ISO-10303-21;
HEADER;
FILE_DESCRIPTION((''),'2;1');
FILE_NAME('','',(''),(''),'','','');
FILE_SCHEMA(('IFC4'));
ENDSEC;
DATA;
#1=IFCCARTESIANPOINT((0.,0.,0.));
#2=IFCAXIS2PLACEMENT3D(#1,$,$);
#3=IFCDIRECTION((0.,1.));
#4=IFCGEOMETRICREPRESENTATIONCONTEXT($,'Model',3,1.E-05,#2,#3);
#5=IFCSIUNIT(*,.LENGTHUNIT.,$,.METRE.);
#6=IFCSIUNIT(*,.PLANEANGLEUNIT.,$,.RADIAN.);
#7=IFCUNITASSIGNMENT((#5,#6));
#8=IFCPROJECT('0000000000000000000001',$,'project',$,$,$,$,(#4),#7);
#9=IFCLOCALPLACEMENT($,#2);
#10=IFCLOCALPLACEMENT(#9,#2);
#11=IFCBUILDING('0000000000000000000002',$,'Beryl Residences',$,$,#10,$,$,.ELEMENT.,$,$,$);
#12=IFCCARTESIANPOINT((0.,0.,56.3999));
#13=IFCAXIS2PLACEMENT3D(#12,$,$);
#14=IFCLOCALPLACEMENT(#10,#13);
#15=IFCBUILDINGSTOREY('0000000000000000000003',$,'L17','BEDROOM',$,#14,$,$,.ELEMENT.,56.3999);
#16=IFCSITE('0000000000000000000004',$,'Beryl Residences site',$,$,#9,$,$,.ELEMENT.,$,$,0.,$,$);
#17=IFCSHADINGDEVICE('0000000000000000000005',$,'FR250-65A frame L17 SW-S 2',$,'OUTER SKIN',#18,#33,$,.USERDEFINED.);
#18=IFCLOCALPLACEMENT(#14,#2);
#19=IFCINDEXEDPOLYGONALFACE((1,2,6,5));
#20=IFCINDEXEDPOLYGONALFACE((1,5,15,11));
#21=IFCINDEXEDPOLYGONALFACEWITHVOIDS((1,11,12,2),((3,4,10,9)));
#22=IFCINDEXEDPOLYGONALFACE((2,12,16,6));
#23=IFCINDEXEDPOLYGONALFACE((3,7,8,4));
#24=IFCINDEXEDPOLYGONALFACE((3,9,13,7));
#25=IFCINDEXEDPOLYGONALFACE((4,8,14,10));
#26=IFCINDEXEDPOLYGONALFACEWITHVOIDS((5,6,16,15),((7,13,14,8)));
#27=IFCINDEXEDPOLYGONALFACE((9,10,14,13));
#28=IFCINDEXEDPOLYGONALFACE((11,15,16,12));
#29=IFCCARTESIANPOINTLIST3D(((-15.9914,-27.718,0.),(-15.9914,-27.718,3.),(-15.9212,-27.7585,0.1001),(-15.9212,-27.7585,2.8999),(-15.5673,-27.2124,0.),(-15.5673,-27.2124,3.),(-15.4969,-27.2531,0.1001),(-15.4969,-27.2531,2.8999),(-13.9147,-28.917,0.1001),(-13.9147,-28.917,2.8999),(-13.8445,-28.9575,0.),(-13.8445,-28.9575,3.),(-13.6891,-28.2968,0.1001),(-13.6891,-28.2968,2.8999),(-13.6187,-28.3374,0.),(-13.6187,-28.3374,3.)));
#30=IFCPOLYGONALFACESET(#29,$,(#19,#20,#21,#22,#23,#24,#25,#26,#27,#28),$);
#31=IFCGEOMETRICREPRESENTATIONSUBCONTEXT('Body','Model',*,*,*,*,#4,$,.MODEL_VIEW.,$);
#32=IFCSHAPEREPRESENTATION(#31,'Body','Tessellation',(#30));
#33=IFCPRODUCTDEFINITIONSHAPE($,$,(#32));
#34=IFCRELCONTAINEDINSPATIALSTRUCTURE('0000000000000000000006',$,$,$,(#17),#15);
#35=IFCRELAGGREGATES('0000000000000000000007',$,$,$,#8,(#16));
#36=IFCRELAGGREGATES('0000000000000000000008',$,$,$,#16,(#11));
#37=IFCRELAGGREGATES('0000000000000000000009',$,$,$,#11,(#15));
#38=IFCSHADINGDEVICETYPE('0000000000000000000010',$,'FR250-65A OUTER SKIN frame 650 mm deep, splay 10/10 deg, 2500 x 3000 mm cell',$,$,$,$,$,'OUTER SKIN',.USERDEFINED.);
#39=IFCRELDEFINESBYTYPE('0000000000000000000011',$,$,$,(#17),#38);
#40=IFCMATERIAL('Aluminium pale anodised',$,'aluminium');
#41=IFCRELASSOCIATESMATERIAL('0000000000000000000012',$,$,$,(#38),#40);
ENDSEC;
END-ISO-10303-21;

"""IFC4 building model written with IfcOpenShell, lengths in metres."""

from ifc_helpers import new_model, entity, si_unit, direction, frame, origin, place, context, subcontext, project, spatial, source, transform, mapped, material, type_object, type_shapes, element, save


model = new_model("IFC4")

# Units and contexts
model_context = context("Model", 3, precision=1e-05, world=origin(), true_north=direction((0.0, 1.0)))
body_context = subcontext(model_context, "Body", "Model", "MODEL_VIEW")
ifc_project = project(units=[si_unit("LENGTHUNIT", "METRE"), si_unit("PLANEANGLEUNIT", "RADIAN")], contexts=[model_context])

# Site, building, storey
site_placement = place(None, origin())
site = spatial("IfcSite", under=ifc_project, at=site_placement, Name="Beryl Residences site", CompositionType="ELEMENT", RefElevation=0.0)
building_placement = place(site_placement, origin())
building = spatial("IfcBuilding", under=site, at=building_placement, Name="Beryl Residences", CompositionType="ELEMENT")
storey_placement = place(building_placement, frame((0.0, 0.0, 56.3999)))
storey = spatial("IfcBuildingStorey", under=building, at=storey_placement, Name="L17", Description="BEDROOM", CompositionType="ELEMENT", Elevation=56.3999)

# Shading device
ifc_material_1 = material(Name="Aluminium pale anodised", Category="aluminium")
shading_device_type_1 = type_object("IfcShadingDeviceType", Name="FR250-65A OUTER SKIN frame 650 mm deep, splay 10/10 deg, 2500 x 3000 mm cell", ElementType="OUTER SKIN", PredefinedType="USERDEFINED", material=ifc_material_1)
cartesian_point_1 = entity("IfcCartesianPoint", [-1.125, 0.0])
cartesian_point_2 = entity("IfcCartesianPoint", [-1.0437, 0.1001])
cartesian_point_3 = entity("IfcCartesianPoint", [-1.2395, 0.0])
cartesian_point_4 = entity("IfcCartesianPoint", [-1.1584, 0.1001])
shared_shape_1 = source(origin(), body_context, "Body", "SweptSolid", [
    entity("IfcExtrudedAreaSolidTapered", entity("IfcArbitraryProfileDefWithVoids", "AREA", None, entity("IfcPolyline", [cartesian_point_1, entity("IfcCartesianPoint", [1.125, 0.0]), entity("IfcCartesianPoint", [1.125, 3.0]), entity("IfcCartesianPoint", [-1.125, 3.0]), cartesian_point_1]), [entity("IfcPolyline", [cartesian_point_2, entity("IfcCartesianPoint", [1.0437, 0.1001]), entity("IfcCartesianPoint", [1.0437, 2.8999]), entity("IfcCartesianPoint", [-1.0437, 2.8999]), cartesian_point_2])]), entity("IfcAxis2Placement3D", entity("IfcCartesianPoint", [0.0, 0.0, 0.0]), entity("IfcDirection", [0.0, 1.0, 0.0]), entity("IfcDirection", [-1.0, 0.0, 0.0])), entity("IfcDirection", [0.0, 0.0, 1.0]), 0.6499, entity("IfcArbitraryProfileDefWithVoids", "AREA", None, entity("IfcPolyline", [cartesian_point_3, entity("IfcCartesianPoint", [1.2395, 0.0]), entity("IfcCartesianPoint", [1.2395, 3.0]), entity("IfcCartesianPoint", [-1.2395, 3.0]), cartesian_point_3]), [entity("IfcPolyline", [cartesian_point_4, entity("IfcCartesianPoint", [1.1584, 0.1001]), entity("IfcCartesianPoint", [1.1584, 2.8999]), entity("IfcCartesianPoint", [-1.1584, 2.8999]), cartesian_point_4])])),
])
type_shapes(shading_device_type_1, [shared_shape_1])
shading_device_1_placement = place(storey_placement, frame((-14.593, -27.7749, 0.0), z_axis=(0.0, 0.0, 1.0), x_axis=(-0.866025, 0.5, 0.0)))
element("IfcShadingDevice", 1, at=shading_device_1_placement, inside=storey, type_object=shading_device_type_1, Name="FR250-65A frame L17 SW-S 2", ObjectType="OUTER SKIN", PredefinedType="USERDEFINED", context=body_context, shape_type="MappedRepresentation", body=[
    mapped(shared_shape_1, transform((0.0, 0.0, 0.0))),
])

save(model, "model.ifc")
